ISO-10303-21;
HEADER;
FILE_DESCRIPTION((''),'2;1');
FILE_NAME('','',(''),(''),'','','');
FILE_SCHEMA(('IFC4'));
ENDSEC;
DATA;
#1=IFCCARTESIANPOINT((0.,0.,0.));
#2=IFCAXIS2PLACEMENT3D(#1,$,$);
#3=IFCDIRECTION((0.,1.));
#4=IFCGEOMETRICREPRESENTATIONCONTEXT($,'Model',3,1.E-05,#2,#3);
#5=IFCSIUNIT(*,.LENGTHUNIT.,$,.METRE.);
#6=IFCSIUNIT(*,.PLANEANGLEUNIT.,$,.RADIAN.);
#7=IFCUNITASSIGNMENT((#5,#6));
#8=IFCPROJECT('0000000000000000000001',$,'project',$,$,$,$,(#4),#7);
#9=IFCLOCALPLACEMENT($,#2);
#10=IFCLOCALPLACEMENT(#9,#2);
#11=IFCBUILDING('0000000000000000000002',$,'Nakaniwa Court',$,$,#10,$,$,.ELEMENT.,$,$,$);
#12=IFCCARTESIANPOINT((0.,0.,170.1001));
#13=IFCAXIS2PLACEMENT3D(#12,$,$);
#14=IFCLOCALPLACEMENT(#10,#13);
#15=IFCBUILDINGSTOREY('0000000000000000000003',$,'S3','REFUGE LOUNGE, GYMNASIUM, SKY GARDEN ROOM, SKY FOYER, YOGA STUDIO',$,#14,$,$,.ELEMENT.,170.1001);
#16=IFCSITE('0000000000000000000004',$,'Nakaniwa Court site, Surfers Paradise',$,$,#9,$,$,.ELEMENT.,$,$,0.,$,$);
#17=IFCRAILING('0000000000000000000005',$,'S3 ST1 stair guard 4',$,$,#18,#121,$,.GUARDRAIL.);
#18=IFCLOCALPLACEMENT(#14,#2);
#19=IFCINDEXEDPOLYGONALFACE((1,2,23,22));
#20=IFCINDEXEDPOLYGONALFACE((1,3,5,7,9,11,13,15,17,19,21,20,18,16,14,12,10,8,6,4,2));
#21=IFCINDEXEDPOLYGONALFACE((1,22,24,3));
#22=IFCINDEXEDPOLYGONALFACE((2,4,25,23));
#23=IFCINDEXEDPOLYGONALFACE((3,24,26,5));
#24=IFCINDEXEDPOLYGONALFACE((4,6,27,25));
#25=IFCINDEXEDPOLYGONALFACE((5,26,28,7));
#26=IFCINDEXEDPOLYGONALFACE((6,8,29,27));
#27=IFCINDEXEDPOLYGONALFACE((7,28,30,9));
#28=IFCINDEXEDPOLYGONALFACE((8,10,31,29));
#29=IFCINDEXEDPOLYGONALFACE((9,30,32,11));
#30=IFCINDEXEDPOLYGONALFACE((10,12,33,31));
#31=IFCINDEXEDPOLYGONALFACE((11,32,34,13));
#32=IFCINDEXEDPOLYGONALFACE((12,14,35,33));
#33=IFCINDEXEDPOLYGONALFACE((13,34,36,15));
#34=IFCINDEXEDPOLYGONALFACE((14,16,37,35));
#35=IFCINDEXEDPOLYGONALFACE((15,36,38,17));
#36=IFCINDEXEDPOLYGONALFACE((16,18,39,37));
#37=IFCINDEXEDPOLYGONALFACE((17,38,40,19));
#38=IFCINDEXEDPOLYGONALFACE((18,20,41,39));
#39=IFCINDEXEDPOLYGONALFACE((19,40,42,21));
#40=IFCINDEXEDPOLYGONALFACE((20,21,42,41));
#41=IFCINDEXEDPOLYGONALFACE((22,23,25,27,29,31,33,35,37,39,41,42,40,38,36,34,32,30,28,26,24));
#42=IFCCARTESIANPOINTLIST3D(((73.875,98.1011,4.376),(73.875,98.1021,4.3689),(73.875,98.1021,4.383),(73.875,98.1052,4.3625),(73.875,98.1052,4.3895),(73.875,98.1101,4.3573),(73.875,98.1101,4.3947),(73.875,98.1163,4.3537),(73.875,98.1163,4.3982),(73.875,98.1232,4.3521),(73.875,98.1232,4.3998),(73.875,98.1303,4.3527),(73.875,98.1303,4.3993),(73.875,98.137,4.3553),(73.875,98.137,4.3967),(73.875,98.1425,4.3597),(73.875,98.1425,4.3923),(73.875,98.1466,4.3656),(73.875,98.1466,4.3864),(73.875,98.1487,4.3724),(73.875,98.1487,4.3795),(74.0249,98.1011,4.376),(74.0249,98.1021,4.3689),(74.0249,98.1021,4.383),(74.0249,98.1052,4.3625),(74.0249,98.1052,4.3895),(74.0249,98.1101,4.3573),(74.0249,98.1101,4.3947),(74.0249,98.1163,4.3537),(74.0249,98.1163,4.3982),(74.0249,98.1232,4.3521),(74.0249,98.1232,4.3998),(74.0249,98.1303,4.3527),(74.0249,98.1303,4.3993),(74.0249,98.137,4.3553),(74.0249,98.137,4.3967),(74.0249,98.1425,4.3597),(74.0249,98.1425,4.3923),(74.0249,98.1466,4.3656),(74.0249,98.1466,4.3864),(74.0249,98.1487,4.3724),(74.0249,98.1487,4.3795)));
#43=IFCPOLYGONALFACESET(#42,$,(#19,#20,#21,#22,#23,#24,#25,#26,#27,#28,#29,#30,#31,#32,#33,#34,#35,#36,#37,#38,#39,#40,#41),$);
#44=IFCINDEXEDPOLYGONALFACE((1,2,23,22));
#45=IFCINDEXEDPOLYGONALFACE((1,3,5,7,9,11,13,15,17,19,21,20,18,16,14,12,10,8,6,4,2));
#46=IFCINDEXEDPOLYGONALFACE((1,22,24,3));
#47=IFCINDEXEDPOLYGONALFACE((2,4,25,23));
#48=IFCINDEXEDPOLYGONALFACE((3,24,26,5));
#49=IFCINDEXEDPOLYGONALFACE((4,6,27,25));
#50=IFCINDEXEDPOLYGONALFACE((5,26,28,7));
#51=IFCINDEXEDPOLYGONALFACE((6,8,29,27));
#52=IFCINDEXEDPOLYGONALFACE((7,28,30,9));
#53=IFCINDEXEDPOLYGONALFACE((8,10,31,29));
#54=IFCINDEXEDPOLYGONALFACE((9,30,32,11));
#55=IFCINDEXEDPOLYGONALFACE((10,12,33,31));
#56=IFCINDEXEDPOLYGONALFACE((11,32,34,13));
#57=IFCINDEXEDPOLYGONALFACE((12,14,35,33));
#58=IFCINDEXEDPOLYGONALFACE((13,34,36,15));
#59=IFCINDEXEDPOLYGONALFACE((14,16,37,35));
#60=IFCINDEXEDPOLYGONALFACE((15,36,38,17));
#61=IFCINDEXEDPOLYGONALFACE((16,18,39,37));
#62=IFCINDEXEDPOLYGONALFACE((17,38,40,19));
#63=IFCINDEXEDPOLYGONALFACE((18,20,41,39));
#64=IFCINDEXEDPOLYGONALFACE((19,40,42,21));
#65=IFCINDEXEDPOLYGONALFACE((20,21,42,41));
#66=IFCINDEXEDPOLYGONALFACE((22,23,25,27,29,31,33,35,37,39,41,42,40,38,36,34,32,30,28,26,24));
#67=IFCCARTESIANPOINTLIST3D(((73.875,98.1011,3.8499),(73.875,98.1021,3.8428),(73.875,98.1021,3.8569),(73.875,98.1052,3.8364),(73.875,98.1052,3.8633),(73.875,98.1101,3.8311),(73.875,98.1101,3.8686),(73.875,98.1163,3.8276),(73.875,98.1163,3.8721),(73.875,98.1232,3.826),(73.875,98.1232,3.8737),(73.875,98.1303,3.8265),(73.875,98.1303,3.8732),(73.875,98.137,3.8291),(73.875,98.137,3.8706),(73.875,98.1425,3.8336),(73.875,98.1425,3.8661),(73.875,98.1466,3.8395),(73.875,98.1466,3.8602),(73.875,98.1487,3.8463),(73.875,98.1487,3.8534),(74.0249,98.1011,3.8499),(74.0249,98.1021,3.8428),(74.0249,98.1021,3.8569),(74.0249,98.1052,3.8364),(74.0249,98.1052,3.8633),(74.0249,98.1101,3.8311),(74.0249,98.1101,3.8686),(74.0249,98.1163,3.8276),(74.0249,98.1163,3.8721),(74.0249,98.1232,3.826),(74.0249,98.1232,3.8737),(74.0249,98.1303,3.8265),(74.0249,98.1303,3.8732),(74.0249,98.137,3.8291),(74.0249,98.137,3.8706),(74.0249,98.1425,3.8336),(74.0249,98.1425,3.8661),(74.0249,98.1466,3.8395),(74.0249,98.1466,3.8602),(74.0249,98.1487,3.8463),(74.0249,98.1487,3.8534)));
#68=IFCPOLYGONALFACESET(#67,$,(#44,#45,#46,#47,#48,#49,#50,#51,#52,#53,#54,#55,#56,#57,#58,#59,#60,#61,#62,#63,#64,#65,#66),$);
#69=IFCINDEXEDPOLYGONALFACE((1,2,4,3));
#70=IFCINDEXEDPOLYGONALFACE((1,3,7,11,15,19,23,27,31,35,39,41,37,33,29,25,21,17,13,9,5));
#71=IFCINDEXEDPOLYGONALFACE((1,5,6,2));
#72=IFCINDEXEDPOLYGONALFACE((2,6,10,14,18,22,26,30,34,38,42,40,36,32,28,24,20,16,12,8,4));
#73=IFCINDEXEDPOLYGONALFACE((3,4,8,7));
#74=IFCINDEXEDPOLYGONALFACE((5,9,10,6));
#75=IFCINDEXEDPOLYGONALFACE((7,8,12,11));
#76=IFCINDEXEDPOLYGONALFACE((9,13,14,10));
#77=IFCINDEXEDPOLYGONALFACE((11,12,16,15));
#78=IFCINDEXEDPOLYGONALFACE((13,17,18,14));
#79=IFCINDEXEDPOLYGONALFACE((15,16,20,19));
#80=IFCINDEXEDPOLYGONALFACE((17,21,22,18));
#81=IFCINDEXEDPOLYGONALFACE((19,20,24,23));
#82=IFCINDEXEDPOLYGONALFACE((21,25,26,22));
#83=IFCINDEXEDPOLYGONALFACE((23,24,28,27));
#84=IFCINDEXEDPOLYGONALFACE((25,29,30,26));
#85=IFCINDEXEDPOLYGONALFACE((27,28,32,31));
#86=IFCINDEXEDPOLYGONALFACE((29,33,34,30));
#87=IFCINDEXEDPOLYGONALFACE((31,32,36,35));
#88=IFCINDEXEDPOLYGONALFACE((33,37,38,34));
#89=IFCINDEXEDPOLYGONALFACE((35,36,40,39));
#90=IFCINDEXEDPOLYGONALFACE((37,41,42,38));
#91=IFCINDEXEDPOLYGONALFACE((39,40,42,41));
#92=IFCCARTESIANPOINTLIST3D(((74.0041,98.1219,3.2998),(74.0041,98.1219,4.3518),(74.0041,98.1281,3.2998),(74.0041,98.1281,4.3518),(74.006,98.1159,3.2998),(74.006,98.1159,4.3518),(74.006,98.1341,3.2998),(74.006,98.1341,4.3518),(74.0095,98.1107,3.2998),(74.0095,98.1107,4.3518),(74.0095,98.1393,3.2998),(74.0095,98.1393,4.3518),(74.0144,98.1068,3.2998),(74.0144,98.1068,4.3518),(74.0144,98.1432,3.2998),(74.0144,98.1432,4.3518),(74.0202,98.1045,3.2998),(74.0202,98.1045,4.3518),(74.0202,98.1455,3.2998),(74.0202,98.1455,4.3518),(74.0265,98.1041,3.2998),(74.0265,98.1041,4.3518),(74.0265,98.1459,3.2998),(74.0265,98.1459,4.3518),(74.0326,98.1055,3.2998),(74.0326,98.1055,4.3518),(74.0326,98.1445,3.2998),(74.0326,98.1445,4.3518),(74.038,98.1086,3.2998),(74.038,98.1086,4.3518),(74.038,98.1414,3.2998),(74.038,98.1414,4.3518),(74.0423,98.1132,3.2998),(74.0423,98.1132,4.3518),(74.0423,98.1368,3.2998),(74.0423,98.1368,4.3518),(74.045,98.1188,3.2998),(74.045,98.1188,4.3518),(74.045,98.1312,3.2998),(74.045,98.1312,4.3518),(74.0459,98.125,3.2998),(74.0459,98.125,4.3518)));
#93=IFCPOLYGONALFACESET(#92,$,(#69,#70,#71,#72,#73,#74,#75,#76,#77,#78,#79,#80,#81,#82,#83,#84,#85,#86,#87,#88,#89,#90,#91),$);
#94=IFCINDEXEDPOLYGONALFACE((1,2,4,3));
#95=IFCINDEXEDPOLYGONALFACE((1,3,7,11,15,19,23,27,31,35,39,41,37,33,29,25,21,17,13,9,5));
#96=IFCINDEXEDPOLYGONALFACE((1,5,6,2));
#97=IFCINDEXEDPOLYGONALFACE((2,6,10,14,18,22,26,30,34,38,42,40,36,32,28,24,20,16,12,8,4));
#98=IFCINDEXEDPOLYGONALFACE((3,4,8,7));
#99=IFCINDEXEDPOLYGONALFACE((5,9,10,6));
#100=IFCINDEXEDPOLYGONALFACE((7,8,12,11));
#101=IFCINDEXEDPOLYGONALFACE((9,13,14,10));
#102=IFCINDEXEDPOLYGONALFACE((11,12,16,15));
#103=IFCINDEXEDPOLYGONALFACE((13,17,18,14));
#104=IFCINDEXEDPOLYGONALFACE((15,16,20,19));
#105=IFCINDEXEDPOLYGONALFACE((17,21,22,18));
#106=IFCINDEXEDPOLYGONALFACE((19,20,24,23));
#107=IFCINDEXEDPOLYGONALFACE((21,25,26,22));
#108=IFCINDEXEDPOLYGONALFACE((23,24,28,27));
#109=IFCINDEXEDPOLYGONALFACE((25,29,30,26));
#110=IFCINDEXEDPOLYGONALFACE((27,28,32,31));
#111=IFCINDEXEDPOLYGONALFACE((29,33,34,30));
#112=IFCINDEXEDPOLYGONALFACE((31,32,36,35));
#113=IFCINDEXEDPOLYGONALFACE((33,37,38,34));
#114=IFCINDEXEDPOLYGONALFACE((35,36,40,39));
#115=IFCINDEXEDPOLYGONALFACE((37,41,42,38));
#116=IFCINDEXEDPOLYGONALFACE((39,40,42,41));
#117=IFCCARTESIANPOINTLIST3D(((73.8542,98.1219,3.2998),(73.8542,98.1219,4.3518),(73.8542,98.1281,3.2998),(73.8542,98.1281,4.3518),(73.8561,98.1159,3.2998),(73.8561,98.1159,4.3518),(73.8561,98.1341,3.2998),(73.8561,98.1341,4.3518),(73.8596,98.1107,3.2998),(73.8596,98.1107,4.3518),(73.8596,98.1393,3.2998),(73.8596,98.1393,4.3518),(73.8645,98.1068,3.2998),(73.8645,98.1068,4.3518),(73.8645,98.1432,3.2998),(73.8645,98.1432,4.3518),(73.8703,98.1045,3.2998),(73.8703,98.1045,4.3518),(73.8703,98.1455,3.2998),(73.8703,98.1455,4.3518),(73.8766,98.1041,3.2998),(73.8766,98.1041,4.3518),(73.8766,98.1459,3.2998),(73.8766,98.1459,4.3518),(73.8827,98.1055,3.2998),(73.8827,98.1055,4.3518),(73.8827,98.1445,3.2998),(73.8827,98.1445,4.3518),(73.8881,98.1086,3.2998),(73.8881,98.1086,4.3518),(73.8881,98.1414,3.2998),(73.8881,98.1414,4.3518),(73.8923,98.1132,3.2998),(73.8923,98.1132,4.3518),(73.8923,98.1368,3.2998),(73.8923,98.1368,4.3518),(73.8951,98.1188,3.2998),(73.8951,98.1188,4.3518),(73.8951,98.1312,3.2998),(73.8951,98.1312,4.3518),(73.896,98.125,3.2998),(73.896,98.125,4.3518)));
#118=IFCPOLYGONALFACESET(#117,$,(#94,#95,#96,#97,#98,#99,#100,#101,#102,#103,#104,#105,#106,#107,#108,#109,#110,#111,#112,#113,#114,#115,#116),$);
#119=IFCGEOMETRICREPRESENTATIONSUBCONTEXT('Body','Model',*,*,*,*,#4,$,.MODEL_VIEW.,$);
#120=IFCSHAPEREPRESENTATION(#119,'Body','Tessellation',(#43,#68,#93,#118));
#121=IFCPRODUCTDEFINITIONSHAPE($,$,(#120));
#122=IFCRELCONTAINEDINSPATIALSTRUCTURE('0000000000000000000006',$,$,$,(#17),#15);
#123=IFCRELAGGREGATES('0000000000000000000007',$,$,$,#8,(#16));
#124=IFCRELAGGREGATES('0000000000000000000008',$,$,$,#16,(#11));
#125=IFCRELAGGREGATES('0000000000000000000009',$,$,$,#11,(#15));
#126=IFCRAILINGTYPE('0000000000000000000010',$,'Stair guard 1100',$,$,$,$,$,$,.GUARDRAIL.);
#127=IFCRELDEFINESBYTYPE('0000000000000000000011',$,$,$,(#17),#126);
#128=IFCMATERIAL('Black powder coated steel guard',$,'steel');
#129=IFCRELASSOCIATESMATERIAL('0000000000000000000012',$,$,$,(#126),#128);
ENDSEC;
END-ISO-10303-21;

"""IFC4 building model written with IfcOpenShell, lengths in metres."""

from ifc_helpers import new_model, si_unit, direction, frame, origin, origin_2d, place, context, subcontext, project, spatial, circle, extrude, material, type_object, element, save


model = new_model("IFC4")

# Units and contexts
model_context = context("Model", 3, precision=1e-05, world=origin(), true_north=direction((0.0, 1.0)))
body_context = subcontext(model_context, "Body", "Model", "MODEL_VIEW")
ifc_project = project(units=[si_unit("LENGTHUNIT", "METRE"), si_unit("PLANEANGLEUNIT", "RADIAN")], contexts=[model_context])

# Site, building, storey
site_placement = place(None, origin())
site = spatial("IfcSite", under=ifc_project, at=site_placement, Name="Nakaniwa Court site, Surfers Paradise", CompositionType="ELEMENT", RefElevation=0.0)
building_placement = place(site_placement, origin())
building = spatial("IfcBuilding", under=site, at=building_placement, Name="Nakaniwa Court", CompositionType="ELEMENT")
storey_placement = place(building_placement, frame((0.0, 0.0, 170.1001)))
storey = spatial("IfcBuildingStorey", under=building, at=storey_placement, Name="S3", Description="REFUGE LOUNGE, GYMNASIUM, SKY GARDEN ROOM, SKY FOYER, YOGA STUDIO", CompositionType="ELEMENT", Elevation=170.1001)

# Railing
ifc_material_1 = material(Name="Black powder coated steel guard", Category="steel")
railing_type_1 = type_object("IfcRailingType", Name="Stair guard 1100", PredefinedType="GUARDRAIL", material=ifc_material_1)
railing_1_placement = place(storey_placement, frame((74.0249, 98.125, 3.2998)))
element("IfcRailing", 1, at=railing_1_placement, inside=storey, type_object=railing_type_1, Name="S3 ST1 stair guard 4", PredefinedType="GUARDRAIL", context=body_context, shape_type="SweptSolid", body=[
    extrude(circle(Radius=0.0239, at=origin_2d()), frame((0.0, 0.0, 1.0762), z_axis=(-1.0, 0.0, 0.0), x_axis=(0.0, -1.0, 0.0)), (0.0, 0.0, 1.0), 0.1499),
    extrude(circle(Radius=0.0239, at=origin_2d()), frame((0.0, 0.0, 0.55), z_axis=(-1.0, 0.0, 0.0), x_axis=(0.0, -1.0, 0.0)), (0.0, 0.0, 1.0), 0.1499),
    extrude(circle(Radius=0.021, at=origin_2d()), origin(), (0.0, 0.0, 1.0), 1.052),
    extrude(circle(Radius=0.021, at=origin_2d()), frame((-0.1499, 0.0, 0.0)), (0.0, 0.0, 1.0), 1.052),
])

save(model, "model.ifc")
